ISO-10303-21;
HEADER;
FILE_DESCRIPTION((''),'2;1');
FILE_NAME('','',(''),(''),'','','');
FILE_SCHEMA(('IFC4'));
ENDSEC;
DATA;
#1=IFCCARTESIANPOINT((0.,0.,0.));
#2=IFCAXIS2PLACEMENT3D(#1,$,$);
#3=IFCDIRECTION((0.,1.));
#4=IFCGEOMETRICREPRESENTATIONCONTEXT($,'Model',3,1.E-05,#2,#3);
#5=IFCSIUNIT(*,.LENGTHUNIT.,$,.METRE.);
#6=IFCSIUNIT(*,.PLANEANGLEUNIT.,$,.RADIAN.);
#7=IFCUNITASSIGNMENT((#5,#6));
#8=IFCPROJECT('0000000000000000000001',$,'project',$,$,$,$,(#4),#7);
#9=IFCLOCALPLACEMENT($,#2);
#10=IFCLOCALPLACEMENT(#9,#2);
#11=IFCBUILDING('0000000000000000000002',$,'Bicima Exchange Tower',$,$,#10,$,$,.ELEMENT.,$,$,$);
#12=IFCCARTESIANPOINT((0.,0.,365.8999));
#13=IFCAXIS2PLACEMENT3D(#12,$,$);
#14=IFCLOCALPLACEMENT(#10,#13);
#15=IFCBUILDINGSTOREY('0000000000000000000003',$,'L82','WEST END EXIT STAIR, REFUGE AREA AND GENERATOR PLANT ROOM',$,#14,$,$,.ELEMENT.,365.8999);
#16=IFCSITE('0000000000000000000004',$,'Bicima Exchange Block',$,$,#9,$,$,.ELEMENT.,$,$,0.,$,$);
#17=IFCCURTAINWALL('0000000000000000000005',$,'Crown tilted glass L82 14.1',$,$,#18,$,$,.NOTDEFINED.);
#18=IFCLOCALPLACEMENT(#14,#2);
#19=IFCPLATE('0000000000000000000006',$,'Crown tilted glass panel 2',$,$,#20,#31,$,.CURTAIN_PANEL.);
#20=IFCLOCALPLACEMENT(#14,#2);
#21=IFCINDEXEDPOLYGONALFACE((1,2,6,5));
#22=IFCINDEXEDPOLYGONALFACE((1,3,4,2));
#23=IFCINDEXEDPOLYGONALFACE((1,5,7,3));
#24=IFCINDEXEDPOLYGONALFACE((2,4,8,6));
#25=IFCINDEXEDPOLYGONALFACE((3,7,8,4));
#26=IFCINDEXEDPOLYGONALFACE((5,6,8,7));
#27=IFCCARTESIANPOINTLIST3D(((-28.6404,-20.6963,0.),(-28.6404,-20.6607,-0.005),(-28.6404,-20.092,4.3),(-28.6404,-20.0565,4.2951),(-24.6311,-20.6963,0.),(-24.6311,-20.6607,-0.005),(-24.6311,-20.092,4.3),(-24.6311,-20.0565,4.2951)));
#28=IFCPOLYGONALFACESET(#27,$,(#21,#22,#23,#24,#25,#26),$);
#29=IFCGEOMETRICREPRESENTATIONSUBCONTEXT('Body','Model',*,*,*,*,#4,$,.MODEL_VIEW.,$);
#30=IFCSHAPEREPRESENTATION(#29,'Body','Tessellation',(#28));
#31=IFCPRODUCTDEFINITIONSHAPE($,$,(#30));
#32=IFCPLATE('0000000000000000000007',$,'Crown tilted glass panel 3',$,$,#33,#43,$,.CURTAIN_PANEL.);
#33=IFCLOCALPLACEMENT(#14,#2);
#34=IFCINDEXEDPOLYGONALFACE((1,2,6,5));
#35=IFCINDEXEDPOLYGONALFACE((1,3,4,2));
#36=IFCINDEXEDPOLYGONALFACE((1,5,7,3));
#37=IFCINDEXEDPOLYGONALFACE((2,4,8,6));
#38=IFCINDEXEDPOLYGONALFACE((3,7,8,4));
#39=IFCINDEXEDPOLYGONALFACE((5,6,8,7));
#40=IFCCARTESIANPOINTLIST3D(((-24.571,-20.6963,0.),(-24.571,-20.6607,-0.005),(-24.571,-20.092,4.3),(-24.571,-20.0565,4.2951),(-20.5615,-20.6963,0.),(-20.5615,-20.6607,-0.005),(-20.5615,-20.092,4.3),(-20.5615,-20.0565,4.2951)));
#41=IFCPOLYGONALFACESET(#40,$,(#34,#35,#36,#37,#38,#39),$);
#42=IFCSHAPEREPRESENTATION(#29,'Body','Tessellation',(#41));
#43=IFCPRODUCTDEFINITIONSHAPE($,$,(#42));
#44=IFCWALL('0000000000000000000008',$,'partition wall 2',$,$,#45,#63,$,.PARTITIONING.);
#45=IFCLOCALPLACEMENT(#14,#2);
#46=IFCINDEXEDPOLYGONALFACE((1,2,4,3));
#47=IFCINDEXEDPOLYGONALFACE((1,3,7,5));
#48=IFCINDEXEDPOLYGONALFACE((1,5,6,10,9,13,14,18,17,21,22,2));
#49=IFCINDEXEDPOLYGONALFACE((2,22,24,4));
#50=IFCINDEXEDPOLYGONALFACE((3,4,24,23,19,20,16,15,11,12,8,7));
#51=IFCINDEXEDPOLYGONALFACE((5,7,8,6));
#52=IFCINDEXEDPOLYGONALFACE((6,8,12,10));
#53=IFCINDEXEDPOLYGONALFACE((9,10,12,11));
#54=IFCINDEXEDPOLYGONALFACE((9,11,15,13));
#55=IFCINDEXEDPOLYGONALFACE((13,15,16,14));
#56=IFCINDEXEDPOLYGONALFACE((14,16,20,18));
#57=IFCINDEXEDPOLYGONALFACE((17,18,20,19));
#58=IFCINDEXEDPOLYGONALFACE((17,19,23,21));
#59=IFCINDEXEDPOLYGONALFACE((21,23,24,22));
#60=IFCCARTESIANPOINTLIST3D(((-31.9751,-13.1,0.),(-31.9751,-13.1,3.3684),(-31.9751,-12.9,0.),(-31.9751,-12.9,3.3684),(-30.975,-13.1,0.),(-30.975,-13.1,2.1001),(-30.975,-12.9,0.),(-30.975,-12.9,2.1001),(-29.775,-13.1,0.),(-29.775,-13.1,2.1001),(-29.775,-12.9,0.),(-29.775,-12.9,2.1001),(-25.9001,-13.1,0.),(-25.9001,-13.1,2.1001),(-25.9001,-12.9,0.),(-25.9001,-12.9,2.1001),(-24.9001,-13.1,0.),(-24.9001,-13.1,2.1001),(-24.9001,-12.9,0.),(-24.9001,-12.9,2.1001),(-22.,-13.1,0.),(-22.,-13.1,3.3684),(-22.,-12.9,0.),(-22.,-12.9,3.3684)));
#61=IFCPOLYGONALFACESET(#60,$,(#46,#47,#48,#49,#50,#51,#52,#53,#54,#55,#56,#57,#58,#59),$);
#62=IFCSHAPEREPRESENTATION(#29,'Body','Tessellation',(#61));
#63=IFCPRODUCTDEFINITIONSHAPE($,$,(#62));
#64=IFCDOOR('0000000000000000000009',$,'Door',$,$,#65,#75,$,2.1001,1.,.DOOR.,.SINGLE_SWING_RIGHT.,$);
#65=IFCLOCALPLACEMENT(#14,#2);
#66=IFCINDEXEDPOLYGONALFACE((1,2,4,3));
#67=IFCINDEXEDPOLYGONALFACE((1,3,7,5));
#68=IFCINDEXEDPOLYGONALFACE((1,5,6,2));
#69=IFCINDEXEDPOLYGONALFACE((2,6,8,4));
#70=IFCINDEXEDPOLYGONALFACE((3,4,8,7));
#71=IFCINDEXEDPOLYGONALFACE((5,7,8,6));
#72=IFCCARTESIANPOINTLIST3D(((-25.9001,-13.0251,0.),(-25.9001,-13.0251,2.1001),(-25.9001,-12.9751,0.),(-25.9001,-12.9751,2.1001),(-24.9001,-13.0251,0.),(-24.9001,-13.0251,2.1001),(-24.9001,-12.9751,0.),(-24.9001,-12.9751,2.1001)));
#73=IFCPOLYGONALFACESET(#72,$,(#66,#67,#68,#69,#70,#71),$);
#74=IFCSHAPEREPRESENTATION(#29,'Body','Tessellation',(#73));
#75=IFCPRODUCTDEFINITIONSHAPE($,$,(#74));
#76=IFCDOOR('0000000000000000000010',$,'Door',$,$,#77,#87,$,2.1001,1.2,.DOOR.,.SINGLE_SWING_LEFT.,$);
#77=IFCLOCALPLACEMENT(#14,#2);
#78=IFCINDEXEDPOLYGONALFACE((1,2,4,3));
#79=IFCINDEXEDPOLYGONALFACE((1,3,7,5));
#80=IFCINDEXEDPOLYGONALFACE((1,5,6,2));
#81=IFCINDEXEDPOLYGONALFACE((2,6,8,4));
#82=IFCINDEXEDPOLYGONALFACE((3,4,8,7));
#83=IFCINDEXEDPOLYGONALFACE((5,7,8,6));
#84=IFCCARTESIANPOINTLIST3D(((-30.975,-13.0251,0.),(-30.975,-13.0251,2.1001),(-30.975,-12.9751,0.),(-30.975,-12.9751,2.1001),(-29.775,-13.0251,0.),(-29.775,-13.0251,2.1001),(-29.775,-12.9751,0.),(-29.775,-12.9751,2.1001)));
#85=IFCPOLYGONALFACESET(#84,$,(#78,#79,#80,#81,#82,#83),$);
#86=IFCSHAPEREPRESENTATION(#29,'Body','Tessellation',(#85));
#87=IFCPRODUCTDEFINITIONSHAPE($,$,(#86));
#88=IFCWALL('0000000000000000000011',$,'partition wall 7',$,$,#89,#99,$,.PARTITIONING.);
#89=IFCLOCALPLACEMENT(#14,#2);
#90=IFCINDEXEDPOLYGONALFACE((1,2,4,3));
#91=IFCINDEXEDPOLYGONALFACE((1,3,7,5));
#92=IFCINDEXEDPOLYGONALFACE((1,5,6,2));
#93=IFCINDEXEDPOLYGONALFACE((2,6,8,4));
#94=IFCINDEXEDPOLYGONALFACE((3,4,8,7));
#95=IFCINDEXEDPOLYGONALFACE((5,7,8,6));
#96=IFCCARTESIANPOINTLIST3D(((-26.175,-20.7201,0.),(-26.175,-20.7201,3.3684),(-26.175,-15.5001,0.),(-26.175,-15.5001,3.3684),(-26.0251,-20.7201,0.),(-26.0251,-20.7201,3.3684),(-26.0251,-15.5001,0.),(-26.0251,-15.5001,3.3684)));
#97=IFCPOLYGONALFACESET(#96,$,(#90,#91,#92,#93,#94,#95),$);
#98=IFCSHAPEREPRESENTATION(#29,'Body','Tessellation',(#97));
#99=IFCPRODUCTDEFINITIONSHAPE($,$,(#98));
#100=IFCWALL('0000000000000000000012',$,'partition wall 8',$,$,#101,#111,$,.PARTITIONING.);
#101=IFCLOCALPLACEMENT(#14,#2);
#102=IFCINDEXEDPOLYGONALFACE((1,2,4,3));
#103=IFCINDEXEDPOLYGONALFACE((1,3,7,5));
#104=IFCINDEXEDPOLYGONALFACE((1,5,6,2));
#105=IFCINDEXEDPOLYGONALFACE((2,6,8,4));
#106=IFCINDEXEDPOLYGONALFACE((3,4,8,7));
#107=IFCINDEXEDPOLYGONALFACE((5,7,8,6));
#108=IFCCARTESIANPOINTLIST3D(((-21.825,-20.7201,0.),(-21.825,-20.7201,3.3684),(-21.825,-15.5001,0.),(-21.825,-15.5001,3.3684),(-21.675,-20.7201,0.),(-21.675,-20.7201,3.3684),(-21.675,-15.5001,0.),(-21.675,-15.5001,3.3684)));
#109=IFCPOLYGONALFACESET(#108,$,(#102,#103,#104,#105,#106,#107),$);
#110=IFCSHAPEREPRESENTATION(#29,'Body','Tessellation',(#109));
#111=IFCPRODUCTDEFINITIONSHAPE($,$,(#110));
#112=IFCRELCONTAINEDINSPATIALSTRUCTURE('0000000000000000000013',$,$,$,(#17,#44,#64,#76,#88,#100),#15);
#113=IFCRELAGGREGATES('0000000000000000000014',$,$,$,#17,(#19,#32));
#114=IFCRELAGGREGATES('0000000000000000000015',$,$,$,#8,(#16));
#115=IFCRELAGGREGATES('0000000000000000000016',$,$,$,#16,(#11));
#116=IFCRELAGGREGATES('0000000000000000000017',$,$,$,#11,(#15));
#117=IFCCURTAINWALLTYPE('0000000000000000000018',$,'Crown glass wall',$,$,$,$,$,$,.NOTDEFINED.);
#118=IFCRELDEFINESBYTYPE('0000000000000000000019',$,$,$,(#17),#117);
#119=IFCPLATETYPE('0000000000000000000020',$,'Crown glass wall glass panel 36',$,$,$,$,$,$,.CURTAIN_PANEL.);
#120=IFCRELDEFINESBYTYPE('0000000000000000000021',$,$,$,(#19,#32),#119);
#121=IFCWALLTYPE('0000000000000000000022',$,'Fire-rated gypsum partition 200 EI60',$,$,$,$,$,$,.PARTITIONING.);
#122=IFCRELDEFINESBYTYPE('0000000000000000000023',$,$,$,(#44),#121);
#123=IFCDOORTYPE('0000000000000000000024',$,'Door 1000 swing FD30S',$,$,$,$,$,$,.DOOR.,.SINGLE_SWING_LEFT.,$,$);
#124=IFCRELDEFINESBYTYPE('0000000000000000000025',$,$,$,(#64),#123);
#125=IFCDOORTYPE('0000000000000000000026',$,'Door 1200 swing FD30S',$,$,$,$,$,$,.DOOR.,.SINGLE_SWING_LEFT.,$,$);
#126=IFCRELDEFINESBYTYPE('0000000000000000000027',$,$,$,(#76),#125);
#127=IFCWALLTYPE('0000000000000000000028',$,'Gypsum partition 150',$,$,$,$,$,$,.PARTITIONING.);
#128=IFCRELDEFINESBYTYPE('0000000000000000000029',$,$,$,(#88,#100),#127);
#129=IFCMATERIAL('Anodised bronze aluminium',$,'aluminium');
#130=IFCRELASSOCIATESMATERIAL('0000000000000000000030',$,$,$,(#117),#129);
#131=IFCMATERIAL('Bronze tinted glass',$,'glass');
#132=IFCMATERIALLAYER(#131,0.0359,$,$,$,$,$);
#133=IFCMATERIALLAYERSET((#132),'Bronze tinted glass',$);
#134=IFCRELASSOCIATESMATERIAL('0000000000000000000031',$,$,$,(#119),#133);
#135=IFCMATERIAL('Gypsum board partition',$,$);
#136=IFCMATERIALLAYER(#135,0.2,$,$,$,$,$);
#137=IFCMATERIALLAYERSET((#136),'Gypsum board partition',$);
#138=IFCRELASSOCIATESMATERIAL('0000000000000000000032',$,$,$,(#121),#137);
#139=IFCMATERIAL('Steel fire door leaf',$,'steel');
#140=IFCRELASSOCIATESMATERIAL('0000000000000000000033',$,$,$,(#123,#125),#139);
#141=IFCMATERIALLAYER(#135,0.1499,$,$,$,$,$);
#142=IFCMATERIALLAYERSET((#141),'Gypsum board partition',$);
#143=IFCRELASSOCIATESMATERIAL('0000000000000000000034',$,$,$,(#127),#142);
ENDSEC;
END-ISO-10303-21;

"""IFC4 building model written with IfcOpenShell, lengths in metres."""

from ifc_helpers import new_model, si_unit, direction, frame, frame_2d, origin, place, context, subcontext, project, spatial, polyline, rectangle, outline, extrude, material, layer, layer_set, type_object, element, fill, aggregate, save


model = new_model("IFC4")

# Units and contexts
model_context = context("Model", 3, precision=1e-05, world=origin(), true_north=direction((0.0, 1.0)))
body_context = subcontext(model_context, "Body", "Model", "MODEL_VIEW")
ifc_project = project(units=[si_unit("LENGTHUNIT", "METRE"), si_unit("PLANEANGLEUNIT", "RADIAN")], contexts=[model_context])

# Site, building, storey
site_placement = place(None, origin())
site = spatial("IfcSite", under=ifc_project, at=site_placement, Name="Bicima Exchange Block", CompositionType="ELEMENT", RefElevation=0.0)
building_placement = place(site_placement, origin())
building = spatial("IfcBuilding", under=site, at=building_placement, Name="Bicima Exchange Tower", CompositionType="ELEMENT")
storey_placement = place(building_placement, frame((0.0, 0.0, 365.8999)))
storey = spatial("IfcBuildingStorey", under=building, at=storey_placement, Name="L82", Description="WEST END EXIT STAIR, REFUGE AREA AND GENERATOR PLANT ROOM", CompositionType="ELEMENT", Elevation=365.8999)

# Curtain wall
ifc_material_1 = material(Name="Anodised bronze aluminium", Category="aluminium")
curtain_wall_type = type_object("IfcCurtainWallType", Name="Crown glass wall", PredefinedType="NOTDEFINED", material=ifc_material_1)
curtain_wall_placement = place(storey_placement, origin())
curtain_wall = element("IfcCurtainWall", 1, at=curtain_wall_placement, inside=storey, type_object=curtain_wall_type, Name="Crown tilted glass L82 14.1", PredefinedType="NOTDEFINED")

# Plates
ifc_material_2 = material(Name="Bronze tinted glass", Category="glass")
ifc_layer_1 = layer(ifc_material_2, 0.0359)
ifc_layer_set_1 = layer_set([ifc_layer_1], Name="Bronze tinted glass")
plate_type = type_object("IfcPlateType", Name="Crown glass wall glass panel 36", PredefinedType="CURTAIN_PANEL", material=ifc_layer_set_1)
plate_1_placement = place(storey_placement, frame((-28.6404, -20.6963, 0.0), z_axis=(0.0, -0.990271, 0.139154), x_axis=(1.0, 0.0, 0.0)))
plate_1 = element("IfcPlate", 2, at=plate_1_placement, type_object=plate_type, Name="Crown tilted glass panel 2", PredefinedType="CURTAIN_PANEL", context=body_context, shape_type="SweptSolid", body=[
    extrude(outline(polyline([(0.0, 0.0), (4.0093, 0.0), (4.0093, 4.3423), (0.0, 4.3423), (0.0, 0.0)])), origin(), (0.0, 0.0, -1.0), 0.0359),
])
plate_2_placement = place(storey_placement, frame((-24.571, -20.6963, 0.0), z_axis=(0.0, -0.990271, 0.139154), x_axis=(1.0, 0.0, 0.0)))
plate_2 = element("IfcPlate", 3, at=plate_2_placement, type_object=plate_type, Name="Crown tilted glass panel 3", PredefinedType="CURTAIN_PANEL", context=body_context, shape_type="SweptSolid", body=[
    extrude(outline(polyline([(0.0, 0.0), (4.0095, 0.0), (4.0095, 4.3423), (0.0, 4.3423), (0.0, 0.0)])), origin(), (0.0, 0.0, -1.0), 0.0359),
])
aggregate(curtain_wall, [plate_1, plate_2])

# Wall, openings, doors
ifc_material_3 = material(Name="Gypsum board partition")
ifc_layer_2 = layer(ifc_material_3, 0.2)
ifc_layer_set_2 = layer_set([ifc_layer_2], Name="Gypsum board partition")
wall_type_1 = type_object("IfcWallType", Name="Fire-rated gypsum partition 200 EI60", PredefinedType="PARTITIONING", material=ifc_layer_set_2)
wall_1_placement = place(storey_placement, frame((-31.9751, -13.0, 0.0), z_axis=(0.0, 0.0, 1.0), x_axis=(1.0, 0.0, 0.0)))
wall_1 = element("IfcWall", 4, at=wall_1_placement, inside=storey, type_object=wall_type_1, Name="partition wall 2", PredefinedType="PARTITIONING", context=body_context, shape_type="SweptSolid", body=[
    extrude(rectangle(XDim=9.9751, YDim=0.2, at=frame_2d((4.9875, 0.0))), origin(), (0.0, 0.0, 1.0), 3.3684),
])
opening_1_placement = place(wall_1_placement, frame((1.0, 0.0, 0.0)))
opening_1 = element("IfcOpeningElement", 5, at=opening_1_placement, cuts=wall_1, PredefinedType="OPENING", context=body_context, shape_type="SweptSolid", body=[
    extrude(rectangle(XDim=1.2, YDim=2.1001, at=frame_2d((0.6001, 1.05))), frame((0.0, 0.1118, 0.0), z_axis=(0.0, -1.0, 0.0), x_axis=(1.0, 0.0, 0.0)), (0.0, 0.0, 1.0), 0.2239),
])
opening_2_placement = place(wall_1_placement, frame((6.075, 0.0, 0.0)))
opening_2 = element("IfcOpeningElement", 6, at=opening_2_placement, cuts=wall_1, PredefinedType="OPENING", context=body_context, shape_type="SweptSolid", body=[
    extrude(rectangle(XDim=1.0, YDim=2.1001, at=frame_2d((0.5, 1.05))), frame((0.0, 0.1118, 0.0), z_axis=(0.0, -1.0, 0.0), x_axis=(1.0, 0.0, 0.0)), (0.0, 0.0, 1.0), 0.2239),
])
ifc_material_4 = material(Name="Steel fire door leaf", Category="steel")
door_type_1 = type_object("IfcDoorType", Name="Door 1000 swing FD30S", OperationType="SINGLE_SWING_LEFT", PredefinedType="DOOR", material=ifc_material_4)
door_1_placement = place(opening_2_placement, origin())
door_1 = element("IfcDoor", 7, at=door_1_placement, inside=storey, type_object=door_type_1, Name="Door", OperationType="SINGLE_SWING_RIGHT", OverallHeight=2.1001, OverallWidth=1.0, PredefinedType="DOOR", context=body_context, shape_type="SweptSolid", body=[
    extrude(rectangle(XDim=1.0, YDim=2.1001, at=frame_2d((0.5, 1.05))), frame((0.0, 0.0249, 0.0), z_axis=(0.0, -1.0, 0.0), x_axis=(1.0, 0.0, 0.0)), (0.0, 0.0, 1.0), 0.05),
])
fill(opening_2, door_1)
door_type_2 = type_object("IfcDoorType", Name="Door 1200 swing FD30S", OperationType="SINGLE_SWING_LEFT", PredefinedType="DOOR", material=ifc_material_4)
door_2_placement = place(opening_1_placement, origin())
door_2 = element("IfcDoor", 8, at=door_2_placement, inside=storey, type_object=door_type_2, Name="Door", OperationType="SINGLE_SWING_LEFT", OverallHeight=2.1001, OverallWidth=1.2, PredefinedType="DOOR", context=body_context, shape_type="SweptSolid", body=[
    extrude(rectangle(XDim=1.2, YDim=2.1001, at=frame_2d((0.6001, 1.05))), frame((0.0, 0.0249, 0.0), z_axis=(0.0, -1.0, 0.0), x_axis=(1.0, 0.0, 0.0)), (0.0, 0.0, 1.0), 0.05),
])
fill(opening_1, door_2)

# Walls
ifc_layer_3 = layer(ifc_material_3, 0.1499)
ifc_layer_set_3 = layer_set([ifc_layer_3], Name="Gypsum board partition")
wall_type_2 = type_object("IfcWallType", Name="Gypsum partition 150", PredefinedType="PARTITIONING", material=ifc_layer_set_3)
for number, where, z_axis, x_axis, name in (
    (9, (-26.1001, -20.72, 0.0), (0.0, 0.0, 1.0), (0.0, 1.0, 0.0), "partition wall 7"),
    (10, (-21.75, -20.72, 0.0), (0.0, 0.0, 1.0), (0.0, 1.0, 0.0), "partition wall 8"),
):
    element("IfcWall", number, at=place(storey_placement, frame(where, z_axis=z_axis, x_axis=x_axis)), inside=storey, type_object=wall_type_2, Name=name, PredefinedType="PARTITIONING", context=body_context, shape_type="SweptSolid", body=[
        extrude(rectangle(XDim=5.22, YDim=0.1499, at=frame_2d((2.6099, 0.0))), origin(), (0.0, 0.0, 1.0), 3.3684),
    ])

save(model, "model.ifc")
